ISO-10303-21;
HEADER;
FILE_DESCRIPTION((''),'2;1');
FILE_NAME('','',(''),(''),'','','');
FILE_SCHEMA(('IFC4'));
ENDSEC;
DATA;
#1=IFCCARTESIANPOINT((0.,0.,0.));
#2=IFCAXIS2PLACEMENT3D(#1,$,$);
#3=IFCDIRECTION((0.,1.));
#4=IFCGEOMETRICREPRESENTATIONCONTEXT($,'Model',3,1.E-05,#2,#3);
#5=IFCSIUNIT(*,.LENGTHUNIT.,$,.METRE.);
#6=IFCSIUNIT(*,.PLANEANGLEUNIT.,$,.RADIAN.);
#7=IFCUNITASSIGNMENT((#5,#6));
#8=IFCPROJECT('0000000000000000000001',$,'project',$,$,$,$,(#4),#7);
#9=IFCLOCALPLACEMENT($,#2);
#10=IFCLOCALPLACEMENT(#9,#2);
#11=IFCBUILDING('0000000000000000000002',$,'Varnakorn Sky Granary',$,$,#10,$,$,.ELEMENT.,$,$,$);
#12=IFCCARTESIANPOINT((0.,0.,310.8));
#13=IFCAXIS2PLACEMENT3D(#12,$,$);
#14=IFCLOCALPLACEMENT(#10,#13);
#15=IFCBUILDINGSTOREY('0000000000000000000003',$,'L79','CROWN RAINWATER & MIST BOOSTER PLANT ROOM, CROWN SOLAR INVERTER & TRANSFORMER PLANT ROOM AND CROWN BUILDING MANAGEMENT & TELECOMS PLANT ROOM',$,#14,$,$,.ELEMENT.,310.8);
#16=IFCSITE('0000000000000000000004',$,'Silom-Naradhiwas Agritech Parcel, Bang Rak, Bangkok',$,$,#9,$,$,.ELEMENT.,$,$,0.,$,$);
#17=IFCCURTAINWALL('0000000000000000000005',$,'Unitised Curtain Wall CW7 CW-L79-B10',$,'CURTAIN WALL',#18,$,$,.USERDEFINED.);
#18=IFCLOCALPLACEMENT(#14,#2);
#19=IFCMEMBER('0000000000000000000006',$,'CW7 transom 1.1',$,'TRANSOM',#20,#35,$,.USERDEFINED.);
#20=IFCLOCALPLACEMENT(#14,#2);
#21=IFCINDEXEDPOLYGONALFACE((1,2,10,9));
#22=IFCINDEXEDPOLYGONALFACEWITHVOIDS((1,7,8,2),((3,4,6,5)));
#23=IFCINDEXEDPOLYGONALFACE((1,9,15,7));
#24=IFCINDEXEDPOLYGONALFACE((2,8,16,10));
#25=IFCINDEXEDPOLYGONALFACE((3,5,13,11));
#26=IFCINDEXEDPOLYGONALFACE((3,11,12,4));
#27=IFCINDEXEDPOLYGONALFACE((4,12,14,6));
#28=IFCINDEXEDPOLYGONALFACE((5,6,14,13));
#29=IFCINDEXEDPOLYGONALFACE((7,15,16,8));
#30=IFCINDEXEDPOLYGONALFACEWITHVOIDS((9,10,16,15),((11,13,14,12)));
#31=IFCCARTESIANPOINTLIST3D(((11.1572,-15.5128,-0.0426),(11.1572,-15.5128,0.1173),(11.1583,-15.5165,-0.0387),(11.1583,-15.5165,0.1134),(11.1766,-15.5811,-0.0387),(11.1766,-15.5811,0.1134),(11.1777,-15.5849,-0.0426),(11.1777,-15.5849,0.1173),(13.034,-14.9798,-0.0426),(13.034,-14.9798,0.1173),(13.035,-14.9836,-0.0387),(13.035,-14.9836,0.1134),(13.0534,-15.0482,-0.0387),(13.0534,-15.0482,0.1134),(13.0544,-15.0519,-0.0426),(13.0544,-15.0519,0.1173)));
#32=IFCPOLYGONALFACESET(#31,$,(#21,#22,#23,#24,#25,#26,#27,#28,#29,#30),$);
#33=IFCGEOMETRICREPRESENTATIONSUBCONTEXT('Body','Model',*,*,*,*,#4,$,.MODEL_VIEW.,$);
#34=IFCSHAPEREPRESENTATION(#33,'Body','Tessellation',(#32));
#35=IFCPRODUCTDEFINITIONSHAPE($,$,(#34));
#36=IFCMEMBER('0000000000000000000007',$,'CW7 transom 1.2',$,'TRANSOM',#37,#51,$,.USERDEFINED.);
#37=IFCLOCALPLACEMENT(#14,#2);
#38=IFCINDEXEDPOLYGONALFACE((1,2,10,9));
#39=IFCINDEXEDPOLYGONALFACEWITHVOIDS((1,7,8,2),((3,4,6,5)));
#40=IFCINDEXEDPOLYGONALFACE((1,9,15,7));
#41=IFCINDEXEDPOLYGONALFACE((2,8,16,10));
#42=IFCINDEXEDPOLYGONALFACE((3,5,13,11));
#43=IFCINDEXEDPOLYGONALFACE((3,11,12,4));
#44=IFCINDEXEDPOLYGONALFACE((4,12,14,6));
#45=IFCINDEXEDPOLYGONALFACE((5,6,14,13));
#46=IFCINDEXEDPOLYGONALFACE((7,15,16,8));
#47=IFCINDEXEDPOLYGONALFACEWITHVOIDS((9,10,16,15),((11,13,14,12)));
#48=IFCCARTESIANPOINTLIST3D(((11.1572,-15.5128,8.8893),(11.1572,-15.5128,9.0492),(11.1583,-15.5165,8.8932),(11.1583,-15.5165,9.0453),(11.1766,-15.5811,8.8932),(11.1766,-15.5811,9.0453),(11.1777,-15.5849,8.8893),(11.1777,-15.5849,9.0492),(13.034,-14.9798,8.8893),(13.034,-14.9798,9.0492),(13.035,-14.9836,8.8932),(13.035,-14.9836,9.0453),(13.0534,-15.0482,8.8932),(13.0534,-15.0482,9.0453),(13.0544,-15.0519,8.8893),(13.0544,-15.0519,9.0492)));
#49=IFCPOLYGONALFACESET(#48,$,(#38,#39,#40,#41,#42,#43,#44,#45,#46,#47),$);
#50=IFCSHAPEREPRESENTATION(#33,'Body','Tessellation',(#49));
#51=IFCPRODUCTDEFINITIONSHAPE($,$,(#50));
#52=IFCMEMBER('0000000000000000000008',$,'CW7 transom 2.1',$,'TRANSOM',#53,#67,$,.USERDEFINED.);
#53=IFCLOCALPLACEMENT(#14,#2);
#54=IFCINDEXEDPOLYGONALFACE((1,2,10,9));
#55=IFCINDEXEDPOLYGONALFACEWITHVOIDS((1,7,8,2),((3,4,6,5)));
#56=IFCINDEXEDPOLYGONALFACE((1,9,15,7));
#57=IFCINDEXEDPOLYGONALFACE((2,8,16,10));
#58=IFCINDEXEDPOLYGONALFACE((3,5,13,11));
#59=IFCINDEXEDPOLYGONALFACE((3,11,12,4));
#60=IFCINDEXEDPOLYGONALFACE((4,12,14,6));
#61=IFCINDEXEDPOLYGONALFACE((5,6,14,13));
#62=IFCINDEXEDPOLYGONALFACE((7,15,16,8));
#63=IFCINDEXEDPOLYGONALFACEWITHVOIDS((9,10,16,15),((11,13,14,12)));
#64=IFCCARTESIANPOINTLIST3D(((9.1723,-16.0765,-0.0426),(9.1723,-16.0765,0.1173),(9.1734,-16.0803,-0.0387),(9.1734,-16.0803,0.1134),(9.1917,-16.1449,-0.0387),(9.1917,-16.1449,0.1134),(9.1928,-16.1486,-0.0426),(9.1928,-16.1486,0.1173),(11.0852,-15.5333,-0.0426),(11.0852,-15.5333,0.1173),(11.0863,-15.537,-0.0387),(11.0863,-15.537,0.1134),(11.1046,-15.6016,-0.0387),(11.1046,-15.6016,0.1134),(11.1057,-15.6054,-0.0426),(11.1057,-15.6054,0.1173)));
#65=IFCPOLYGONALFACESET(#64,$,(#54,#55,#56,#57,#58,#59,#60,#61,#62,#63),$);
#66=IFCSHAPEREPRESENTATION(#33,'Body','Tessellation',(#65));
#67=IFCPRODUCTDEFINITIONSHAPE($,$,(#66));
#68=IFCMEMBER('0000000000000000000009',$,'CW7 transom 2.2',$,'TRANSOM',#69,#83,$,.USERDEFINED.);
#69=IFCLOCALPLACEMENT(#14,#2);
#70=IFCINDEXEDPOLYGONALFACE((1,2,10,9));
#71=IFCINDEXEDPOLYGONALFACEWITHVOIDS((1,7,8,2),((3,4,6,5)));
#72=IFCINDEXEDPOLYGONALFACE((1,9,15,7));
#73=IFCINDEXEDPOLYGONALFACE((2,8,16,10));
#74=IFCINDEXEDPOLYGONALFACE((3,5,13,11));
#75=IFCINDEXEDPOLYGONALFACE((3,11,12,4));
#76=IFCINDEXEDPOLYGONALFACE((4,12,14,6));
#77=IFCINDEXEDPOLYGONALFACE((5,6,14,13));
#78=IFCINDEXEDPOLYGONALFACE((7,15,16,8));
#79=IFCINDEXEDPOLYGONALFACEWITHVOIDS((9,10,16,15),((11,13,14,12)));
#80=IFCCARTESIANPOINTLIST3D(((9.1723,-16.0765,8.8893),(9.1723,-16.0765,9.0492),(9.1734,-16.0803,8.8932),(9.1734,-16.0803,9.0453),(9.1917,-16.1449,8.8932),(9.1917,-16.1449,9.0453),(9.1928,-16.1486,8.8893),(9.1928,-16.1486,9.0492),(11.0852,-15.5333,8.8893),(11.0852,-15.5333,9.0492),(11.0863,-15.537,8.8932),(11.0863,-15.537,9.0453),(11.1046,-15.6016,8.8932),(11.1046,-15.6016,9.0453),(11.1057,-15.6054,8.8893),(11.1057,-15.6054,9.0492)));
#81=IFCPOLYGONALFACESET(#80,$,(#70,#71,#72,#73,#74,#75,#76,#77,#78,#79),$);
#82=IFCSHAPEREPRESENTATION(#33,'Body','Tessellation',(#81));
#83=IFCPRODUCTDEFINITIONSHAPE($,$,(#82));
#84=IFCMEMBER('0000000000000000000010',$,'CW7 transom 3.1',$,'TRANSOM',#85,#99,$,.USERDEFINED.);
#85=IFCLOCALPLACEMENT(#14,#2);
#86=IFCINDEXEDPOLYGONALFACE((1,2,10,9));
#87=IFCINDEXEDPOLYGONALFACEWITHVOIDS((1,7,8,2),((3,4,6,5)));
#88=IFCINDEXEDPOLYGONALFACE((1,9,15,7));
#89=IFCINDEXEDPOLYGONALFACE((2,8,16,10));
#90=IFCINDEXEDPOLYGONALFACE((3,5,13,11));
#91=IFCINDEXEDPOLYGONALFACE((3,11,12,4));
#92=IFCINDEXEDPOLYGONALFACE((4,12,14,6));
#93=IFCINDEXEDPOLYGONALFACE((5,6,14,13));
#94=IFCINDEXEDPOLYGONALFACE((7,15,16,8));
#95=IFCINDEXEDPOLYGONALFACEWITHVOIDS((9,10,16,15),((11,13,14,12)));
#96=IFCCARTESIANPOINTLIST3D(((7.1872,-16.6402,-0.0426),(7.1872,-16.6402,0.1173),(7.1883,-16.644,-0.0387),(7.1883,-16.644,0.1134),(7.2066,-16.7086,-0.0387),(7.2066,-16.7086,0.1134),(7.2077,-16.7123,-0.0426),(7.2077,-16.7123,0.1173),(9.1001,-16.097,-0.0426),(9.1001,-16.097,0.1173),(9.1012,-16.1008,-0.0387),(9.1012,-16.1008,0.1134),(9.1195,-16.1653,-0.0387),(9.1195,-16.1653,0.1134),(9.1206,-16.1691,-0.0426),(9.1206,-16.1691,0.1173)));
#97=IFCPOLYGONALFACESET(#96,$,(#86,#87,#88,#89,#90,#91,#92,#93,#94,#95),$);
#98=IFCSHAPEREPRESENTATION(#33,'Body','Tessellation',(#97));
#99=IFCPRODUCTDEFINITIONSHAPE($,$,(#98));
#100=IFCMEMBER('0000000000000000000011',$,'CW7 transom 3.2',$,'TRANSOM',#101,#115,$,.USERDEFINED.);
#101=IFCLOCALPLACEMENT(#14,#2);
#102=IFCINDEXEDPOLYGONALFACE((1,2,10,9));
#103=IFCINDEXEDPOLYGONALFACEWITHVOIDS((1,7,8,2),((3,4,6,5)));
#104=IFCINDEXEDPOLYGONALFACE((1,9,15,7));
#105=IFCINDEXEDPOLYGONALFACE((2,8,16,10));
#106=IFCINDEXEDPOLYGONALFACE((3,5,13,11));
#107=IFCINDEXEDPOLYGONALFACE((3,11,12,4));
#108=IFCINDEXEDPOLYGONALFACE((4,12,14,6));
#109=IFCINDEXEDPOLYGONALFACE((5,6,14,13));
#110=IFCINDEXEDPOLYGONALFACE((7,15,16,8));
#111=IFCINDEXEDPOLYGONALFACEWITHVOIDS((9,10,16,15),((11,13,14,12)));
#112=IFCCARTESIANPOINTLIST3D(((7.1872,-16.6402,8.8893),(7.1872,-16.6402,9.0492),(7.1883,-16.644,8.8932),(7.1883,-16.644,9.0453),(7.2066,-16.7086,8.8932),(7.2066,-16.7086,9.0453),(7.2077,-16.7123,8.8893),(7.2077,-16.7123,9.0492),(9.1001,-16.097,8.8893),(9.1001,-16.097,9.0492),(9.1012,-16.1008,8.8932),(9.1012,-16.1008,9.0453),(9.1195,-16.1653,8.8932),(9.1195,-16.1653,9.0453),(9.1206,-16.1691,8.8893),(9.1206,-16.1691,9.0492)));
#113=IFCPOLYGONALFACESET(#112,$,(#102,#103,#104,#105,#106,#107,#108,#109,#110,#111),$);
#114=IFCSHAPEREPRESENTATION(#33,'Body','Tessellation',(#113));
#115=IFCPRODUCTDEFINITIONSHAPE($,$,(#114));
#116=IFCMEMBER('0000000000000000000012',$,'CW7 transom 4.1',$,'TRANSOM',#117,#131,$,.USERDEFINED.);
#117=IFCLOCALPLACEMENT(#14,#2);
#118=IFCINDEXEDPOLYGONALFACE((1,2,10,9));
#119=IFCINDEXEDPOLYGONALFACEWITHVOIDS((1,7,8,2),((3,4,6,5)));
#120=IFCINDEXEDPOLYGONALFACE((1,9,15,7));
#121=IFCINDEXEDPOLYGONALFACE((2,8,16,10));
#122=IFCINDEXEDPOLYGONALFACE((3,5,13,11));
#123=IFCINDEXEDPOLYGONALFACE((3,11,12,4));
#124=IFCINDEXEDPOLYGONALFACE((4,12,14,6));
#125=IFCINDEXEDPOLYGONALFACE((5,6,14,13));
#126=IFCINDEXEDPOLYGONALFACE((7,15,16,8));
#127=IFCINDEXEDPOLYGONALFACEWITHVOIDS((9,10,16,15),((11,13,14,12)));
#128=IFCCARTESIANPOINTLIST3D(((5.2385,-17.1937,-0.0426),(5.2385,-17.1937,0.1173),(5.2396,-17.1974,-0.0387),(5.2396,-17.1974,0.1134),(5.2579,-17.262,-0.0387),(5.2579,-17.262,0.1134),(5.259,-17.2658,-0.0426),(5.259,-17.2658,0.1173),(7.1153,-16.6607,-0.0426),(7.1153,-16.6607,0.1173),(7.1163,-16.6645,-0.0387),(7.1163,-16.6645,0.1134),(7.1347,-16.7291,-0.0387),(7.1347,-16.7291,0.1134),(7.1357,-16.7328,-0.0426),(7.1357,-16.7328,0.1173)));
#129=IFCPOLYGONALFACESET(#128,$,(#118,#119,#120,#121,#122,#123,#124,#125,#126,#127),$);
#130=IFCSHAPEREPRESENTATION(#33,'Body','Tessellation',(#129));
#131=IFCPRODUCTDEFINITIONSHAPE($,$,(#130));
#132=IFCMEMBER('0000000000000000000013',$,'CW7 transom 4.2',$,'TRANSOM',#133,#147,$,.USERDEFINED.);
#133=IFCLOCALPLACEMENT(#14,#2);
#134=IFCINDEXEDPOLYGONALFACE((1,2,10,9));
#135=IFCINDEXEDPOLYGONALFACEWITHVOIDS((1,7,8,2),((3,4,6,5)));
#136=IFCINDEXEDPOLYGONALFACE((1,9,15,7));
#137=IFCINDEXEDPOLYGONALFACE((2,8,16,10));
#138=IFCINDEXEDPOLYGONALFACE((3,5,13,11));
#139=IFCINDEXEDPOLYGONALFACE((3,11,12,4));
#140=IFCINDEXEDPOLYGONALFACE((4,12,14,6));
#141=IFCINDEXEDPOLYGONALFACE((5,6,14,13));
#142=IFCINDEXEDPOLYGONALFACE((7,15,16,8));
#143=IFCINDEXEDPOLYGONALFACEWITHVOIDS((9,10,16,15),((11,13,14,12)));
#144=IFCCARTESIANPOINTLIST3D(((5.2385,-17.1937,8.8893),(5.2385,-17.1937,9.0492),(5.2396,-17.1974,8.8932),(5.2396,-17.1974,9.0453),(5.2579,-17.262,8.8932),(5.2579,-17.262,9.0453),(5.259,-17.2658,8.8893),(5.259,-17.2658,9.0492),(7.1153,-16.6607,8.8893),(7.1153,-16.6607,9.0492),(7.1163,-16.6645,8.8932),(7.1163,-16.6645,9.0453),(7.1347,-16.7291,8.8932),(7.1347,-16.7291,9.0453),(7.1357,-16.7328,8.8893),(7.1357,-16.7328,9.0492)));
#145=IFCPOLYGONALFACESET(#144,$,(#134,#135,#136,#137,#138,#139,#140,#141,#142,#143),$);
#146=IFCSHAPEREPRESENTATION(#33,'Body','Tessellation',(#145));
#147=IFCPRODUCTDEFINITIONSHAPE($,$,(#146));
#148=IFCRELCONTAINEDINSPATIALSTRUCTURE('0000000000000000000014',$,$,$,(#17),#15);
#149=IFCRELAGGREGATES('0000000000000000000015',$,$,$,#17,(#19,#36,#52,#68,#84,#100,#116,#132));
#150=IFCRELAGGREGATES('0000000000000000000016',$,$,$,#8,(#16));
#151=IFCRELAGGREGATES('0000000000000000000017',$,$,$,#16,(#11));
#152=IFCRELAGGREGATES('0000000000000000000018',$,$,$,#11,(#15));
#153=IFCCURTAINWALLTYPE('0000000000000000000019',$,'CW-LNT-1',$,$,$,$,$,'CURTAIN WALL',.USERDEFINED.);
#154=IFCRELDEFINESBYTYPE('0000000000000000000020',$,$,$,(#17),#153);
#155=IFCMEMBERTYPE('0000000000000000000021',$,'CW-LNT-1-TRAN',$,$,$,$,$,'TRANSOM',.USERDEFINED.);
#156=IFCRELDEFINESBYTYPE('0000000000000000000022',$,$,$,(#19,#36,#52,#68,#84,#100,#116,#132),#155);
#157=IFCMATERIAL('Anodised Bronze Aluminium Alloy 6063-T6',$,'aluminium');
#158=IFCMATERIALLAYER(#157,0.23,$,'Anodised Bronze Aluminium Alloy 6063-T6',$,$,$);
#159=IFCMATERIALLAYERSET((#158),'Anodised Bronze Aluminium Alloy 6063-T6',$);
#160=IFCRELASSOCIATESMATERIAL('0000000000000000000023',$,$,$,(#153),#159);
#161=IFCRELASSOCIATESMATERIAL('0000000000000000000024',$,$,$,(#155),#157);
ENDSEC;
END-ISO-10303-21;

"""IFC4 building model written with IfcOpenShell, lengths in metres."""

from ifc_helpers import new_model, si_unit, direction, frame, origin, origin_2d, place, context, subcontext, project, spatial, hollow_rectangle, extrude, material, layer, layer_set, material_profile, profile_set, type_object, element, aggregate, save


model = new_model("IFC4")

# Units and contexts
model_context = context("Model", 3, precision=1e-05, world=origin(), true_north=direction((0.0, 1.0)))
body_context = subcontext(model_context, "Body", "Model", "MODEL_VIEW")
ifc_project = project(units=[si_unit("LENGTHUNIT", "METRE"), si_unit("PLANEANGLEUNIT", "RADIAN")], contexts=[model_context])

# Site, building, storey
site_placement = place(None, origin())
site = spatial("IfcSite", under=ifc_project, at=site_placement, Name="Silom-Naradhiwas Agritech Parcel, Bang Rak, Bangkok", CompositionType="ELEMENT", RefElevation=0.0)
building_placement = place(site_placement, origin())
building = spatial("IfcBuilding", under=site, at=building_placement, Name="Varnakorn Sky Granary", CompositionType="ELEMENT")
storey_placement = place(building_placement, frame((0.0, 0.0, 310.8)))
storey = spatial("IfcBuildingStorey", under=building, at=storey_placement, Name="L79", Description="CROWN RAINWATER & MIST BOOSTER PLANT ROOM, CROWN SOLAR INVERTER & TRANSFORMER PLANT ROOM AND CROWN BUILDING MANAGEMENT & TELECOMS PLANT ROOM", CompositionType="ELEMENT", Elevation=310.8)

# Curtain wall, members
ifc_material_1 = material(Name="Anodised Bronze Aluminium Alloy 6063-T6", Category="aluminium")
ifc_layer_1 = layer(ifc_material_1, 0.23, Name="Anodised Bronze Aluminium Alloy 6063-T6")
ifc_layer_set_1 = layer_set([ifc_layer_1], Name="Anodised Bronze Aluminium Alloy 6063-T6")
curtain_wall_type = type_object("IfcCurtainWallType", Name="CW-LNT-1", ElementType="CURTAIN WALL", PredefinedType="USERDEFINED", material=ifc_layer_set_1)
curtain_wall_placement = place(storey_placement, origin())
curtain_wall = element("IfcCurtainWall", 1, at=curtain_wall_placement, inside=storey, type_object=curtain_wall_type, Name="Unitised Curtain Wall CW7 CW-L79-B10", ObjectType="CURTAIN WALL", PredefinedType="USERDEFINED")
ifc_material_profile_1 = material_profile(ifc_material_1, hollow_rectangle(XDim=0.075, YDim=0.1599, WallThickness=0.0039, at=origin_2d()), Name="ALU TRAN 75x160")
ifc_profile_set_1 = profile_set([ifc_material_profile_1], Name="Anodised Bronze Aluminium Alloy 6063-T6")
member_type_1 = type_object("IfcMemberType", Name="CW-LNT-1-TRAN", ElementType="TRANSOM", PredefinedType="USERDEFINED", material=ifc_profile_set_1)
member_1_placement = place(storey_placement, frame((13.0442, -15.0159, 0.0374), z_axis=(-0.961962, -0.273184, 0.0), x_axis=(0.273184, -0.961962, 0.0)))
member_1 = element("IfcMember", 2, at=member_1_placement, type_object=member_type_1, Name="CW7 transom 1.1", ObjectType="TRANSOM", PredefinedType="USERDEFINED", context=body_context, shape_type="SweptSolid", body=[
    extrude(hollow_rectangle(XDim=0.075, YDim=0.1599, WallThickness=0.0039, at=origin_2d()), origin(), (0.0, 0.0, 1.0), 1.9509),
])
member_2_placement = place(storey_placement, frame((13.0442, -15.0159, 8.9692), z_axis=(-0.961962, -0.273184, 0.0), x_axis=(0.273184, -0.961962, 0.0)))
member_2 = element("IfcMember", 3, at=member_2_placement, type_object=member_type_1, Name="CW7 transom 1.2", ObjectType="TRANSOM", PredefinedType="USERDEFINED", context=body_context, shape_type="SweptSolid", body=[
    extrude(hollow_rectangle(XDim=0.075, YDim=0.1599, WallThickness=0.0039, at=origin_2d()), origin(), (0.0, 0.0, 1.0), 1.9509),
])
member_3_placement = place(storey_placement, frame((11.0955, -15.5693, 0.0374), z_axis=(-0.961963, -0.27318, 0.0), x_axis=(0.27318, -0.961963, 0.0)))
member_3 = element("IfcMember", 4, at=member_3_placement, type_object=member_type_1, Name="CW7 transom 2.1", ObjectType="TRANSOM", PredefinedType="USERDEFINED", context=body_context, shape_type="SweptSolid", body=[
    extrude(hollow_rectangle(XDim=0.075, YDim=0.1599, WallThickness=0.0039, at=origin_2d()), origin(), (0.0, 0.0, 1.0), 1.9885),
])
member_4_placement = place(storey_placement, frame((11.0955, -15.5693, 8.9692), z_axis=(-0.961963, -0.27318, 0.0), x_axis=(0.27318, -0.961963, 0.0)))
member_4 = element("IfcMember", 5, at=member_4_placement, type_object=member_type_1, Name="CW7 transom 2.2", ObjectType="TRANSOM", PredefinedType="USERDEFINED", context=body_context, shape_type="SweptSolid", body=[
    extrude(hollow_rectangle(XDim=0.075, YDim=0.1599, WallThickness=0.0039, at=origin_2d()), origin(), (0.0, 0.0, 1.0), 1.9885),
])
member_5_placement = place(storey_placement, frame((9.1104, -16.1331, 0.0374), z_axis=(-0.961963, -0.27318, 0.0), x_axis=(0.27318, -0.961963, 0.0)))
member_5 = element("IfcMember", 6, at=member_5_placement, type_object=member_type_1, Name="CW7 transom 3.1", ObjectType="TRANSOM", PredefinedType="USERDEFINED", context=body_context, shape_type="SweptSolid", body=[
    extrude(hollow_rectangle(XDim=0.075, YDim=0.1599, WallThickness=0.0039, at=origin_2d()), origin(), (0.0, 0.0, 1.0), 1.9885),
])
member_6_placement = place(storey_placement, frame((9.1104, -16.1331, 8.9692), z_axis=(-0.961963, -0.27318, 0.0), x_axis=(0.27318, -0.961963, 0.0)))
member_6 = element("IfcMember", 7, at=member_6_placement, type_object=member_type_1, Name="CW7 transom 3.2", ObjectType="TRANSOM", PredefinedType="USERDEFINED", context=body_context, shape_type="SweptSolid", body=[
    extrude(hollow_rectangle(XDim=0.075, YDim=0.1599, WallThickness=0.0039, at=origin_2d()), origin(), (0.0, 0.0, 1.0), 1.9885),
])
member_7_placement = place(storey_placement, frame((7.1255, -16.6968, 0.0374), z_axis=(-0.961962, -0.273184, 0.0), x_axis=(0.273184, -0.961962, 0.0)))
member_7 = element("IfcMember", 8, at=member_7_placement, type_object=member_type_1, Name="CW7 transom 4.1", ObjectType="TRANSOM", PredefinedType="USERDEFINED", context=body_context, shape_type="SweptSolid", body=[
    extrude(hollow_rectangle(XDim=0.075, YDim=0.1599, WallThickness=0.0039, at=origin_2d()), origin(), (0.0, 0.0, 1.0), 1.9509),
])
member_8_placement = place(storey_placement, frame((7.1255, -16.6968, 8.9692), z_axis=(-0.961962, -0.273184, 0.0), x_axis=(0.273184, -0.961962, 0.0)))
member_8 = element("IfcMember", 9, at=member_8_placement, type_object=member_type_1, Name="CW7 transom 4.2", ObjectType="TRANSOM", PredefinedType="USERDEFINED", context=body_context, shape_type="SweptSolid", body=[
    extrude(hollow_rectangle(XDim=0.075, YDim=0.1599, WallThickness=0.0039, at=origin_2d()), origin(), (0.0, 0.0, 1.0), 1.9509),
])

aggregate(curtain_wall, [member_1, member_2, member_3, member_4, member_5, member_6, member_7, member_8])

save(model, "model.ifc")
